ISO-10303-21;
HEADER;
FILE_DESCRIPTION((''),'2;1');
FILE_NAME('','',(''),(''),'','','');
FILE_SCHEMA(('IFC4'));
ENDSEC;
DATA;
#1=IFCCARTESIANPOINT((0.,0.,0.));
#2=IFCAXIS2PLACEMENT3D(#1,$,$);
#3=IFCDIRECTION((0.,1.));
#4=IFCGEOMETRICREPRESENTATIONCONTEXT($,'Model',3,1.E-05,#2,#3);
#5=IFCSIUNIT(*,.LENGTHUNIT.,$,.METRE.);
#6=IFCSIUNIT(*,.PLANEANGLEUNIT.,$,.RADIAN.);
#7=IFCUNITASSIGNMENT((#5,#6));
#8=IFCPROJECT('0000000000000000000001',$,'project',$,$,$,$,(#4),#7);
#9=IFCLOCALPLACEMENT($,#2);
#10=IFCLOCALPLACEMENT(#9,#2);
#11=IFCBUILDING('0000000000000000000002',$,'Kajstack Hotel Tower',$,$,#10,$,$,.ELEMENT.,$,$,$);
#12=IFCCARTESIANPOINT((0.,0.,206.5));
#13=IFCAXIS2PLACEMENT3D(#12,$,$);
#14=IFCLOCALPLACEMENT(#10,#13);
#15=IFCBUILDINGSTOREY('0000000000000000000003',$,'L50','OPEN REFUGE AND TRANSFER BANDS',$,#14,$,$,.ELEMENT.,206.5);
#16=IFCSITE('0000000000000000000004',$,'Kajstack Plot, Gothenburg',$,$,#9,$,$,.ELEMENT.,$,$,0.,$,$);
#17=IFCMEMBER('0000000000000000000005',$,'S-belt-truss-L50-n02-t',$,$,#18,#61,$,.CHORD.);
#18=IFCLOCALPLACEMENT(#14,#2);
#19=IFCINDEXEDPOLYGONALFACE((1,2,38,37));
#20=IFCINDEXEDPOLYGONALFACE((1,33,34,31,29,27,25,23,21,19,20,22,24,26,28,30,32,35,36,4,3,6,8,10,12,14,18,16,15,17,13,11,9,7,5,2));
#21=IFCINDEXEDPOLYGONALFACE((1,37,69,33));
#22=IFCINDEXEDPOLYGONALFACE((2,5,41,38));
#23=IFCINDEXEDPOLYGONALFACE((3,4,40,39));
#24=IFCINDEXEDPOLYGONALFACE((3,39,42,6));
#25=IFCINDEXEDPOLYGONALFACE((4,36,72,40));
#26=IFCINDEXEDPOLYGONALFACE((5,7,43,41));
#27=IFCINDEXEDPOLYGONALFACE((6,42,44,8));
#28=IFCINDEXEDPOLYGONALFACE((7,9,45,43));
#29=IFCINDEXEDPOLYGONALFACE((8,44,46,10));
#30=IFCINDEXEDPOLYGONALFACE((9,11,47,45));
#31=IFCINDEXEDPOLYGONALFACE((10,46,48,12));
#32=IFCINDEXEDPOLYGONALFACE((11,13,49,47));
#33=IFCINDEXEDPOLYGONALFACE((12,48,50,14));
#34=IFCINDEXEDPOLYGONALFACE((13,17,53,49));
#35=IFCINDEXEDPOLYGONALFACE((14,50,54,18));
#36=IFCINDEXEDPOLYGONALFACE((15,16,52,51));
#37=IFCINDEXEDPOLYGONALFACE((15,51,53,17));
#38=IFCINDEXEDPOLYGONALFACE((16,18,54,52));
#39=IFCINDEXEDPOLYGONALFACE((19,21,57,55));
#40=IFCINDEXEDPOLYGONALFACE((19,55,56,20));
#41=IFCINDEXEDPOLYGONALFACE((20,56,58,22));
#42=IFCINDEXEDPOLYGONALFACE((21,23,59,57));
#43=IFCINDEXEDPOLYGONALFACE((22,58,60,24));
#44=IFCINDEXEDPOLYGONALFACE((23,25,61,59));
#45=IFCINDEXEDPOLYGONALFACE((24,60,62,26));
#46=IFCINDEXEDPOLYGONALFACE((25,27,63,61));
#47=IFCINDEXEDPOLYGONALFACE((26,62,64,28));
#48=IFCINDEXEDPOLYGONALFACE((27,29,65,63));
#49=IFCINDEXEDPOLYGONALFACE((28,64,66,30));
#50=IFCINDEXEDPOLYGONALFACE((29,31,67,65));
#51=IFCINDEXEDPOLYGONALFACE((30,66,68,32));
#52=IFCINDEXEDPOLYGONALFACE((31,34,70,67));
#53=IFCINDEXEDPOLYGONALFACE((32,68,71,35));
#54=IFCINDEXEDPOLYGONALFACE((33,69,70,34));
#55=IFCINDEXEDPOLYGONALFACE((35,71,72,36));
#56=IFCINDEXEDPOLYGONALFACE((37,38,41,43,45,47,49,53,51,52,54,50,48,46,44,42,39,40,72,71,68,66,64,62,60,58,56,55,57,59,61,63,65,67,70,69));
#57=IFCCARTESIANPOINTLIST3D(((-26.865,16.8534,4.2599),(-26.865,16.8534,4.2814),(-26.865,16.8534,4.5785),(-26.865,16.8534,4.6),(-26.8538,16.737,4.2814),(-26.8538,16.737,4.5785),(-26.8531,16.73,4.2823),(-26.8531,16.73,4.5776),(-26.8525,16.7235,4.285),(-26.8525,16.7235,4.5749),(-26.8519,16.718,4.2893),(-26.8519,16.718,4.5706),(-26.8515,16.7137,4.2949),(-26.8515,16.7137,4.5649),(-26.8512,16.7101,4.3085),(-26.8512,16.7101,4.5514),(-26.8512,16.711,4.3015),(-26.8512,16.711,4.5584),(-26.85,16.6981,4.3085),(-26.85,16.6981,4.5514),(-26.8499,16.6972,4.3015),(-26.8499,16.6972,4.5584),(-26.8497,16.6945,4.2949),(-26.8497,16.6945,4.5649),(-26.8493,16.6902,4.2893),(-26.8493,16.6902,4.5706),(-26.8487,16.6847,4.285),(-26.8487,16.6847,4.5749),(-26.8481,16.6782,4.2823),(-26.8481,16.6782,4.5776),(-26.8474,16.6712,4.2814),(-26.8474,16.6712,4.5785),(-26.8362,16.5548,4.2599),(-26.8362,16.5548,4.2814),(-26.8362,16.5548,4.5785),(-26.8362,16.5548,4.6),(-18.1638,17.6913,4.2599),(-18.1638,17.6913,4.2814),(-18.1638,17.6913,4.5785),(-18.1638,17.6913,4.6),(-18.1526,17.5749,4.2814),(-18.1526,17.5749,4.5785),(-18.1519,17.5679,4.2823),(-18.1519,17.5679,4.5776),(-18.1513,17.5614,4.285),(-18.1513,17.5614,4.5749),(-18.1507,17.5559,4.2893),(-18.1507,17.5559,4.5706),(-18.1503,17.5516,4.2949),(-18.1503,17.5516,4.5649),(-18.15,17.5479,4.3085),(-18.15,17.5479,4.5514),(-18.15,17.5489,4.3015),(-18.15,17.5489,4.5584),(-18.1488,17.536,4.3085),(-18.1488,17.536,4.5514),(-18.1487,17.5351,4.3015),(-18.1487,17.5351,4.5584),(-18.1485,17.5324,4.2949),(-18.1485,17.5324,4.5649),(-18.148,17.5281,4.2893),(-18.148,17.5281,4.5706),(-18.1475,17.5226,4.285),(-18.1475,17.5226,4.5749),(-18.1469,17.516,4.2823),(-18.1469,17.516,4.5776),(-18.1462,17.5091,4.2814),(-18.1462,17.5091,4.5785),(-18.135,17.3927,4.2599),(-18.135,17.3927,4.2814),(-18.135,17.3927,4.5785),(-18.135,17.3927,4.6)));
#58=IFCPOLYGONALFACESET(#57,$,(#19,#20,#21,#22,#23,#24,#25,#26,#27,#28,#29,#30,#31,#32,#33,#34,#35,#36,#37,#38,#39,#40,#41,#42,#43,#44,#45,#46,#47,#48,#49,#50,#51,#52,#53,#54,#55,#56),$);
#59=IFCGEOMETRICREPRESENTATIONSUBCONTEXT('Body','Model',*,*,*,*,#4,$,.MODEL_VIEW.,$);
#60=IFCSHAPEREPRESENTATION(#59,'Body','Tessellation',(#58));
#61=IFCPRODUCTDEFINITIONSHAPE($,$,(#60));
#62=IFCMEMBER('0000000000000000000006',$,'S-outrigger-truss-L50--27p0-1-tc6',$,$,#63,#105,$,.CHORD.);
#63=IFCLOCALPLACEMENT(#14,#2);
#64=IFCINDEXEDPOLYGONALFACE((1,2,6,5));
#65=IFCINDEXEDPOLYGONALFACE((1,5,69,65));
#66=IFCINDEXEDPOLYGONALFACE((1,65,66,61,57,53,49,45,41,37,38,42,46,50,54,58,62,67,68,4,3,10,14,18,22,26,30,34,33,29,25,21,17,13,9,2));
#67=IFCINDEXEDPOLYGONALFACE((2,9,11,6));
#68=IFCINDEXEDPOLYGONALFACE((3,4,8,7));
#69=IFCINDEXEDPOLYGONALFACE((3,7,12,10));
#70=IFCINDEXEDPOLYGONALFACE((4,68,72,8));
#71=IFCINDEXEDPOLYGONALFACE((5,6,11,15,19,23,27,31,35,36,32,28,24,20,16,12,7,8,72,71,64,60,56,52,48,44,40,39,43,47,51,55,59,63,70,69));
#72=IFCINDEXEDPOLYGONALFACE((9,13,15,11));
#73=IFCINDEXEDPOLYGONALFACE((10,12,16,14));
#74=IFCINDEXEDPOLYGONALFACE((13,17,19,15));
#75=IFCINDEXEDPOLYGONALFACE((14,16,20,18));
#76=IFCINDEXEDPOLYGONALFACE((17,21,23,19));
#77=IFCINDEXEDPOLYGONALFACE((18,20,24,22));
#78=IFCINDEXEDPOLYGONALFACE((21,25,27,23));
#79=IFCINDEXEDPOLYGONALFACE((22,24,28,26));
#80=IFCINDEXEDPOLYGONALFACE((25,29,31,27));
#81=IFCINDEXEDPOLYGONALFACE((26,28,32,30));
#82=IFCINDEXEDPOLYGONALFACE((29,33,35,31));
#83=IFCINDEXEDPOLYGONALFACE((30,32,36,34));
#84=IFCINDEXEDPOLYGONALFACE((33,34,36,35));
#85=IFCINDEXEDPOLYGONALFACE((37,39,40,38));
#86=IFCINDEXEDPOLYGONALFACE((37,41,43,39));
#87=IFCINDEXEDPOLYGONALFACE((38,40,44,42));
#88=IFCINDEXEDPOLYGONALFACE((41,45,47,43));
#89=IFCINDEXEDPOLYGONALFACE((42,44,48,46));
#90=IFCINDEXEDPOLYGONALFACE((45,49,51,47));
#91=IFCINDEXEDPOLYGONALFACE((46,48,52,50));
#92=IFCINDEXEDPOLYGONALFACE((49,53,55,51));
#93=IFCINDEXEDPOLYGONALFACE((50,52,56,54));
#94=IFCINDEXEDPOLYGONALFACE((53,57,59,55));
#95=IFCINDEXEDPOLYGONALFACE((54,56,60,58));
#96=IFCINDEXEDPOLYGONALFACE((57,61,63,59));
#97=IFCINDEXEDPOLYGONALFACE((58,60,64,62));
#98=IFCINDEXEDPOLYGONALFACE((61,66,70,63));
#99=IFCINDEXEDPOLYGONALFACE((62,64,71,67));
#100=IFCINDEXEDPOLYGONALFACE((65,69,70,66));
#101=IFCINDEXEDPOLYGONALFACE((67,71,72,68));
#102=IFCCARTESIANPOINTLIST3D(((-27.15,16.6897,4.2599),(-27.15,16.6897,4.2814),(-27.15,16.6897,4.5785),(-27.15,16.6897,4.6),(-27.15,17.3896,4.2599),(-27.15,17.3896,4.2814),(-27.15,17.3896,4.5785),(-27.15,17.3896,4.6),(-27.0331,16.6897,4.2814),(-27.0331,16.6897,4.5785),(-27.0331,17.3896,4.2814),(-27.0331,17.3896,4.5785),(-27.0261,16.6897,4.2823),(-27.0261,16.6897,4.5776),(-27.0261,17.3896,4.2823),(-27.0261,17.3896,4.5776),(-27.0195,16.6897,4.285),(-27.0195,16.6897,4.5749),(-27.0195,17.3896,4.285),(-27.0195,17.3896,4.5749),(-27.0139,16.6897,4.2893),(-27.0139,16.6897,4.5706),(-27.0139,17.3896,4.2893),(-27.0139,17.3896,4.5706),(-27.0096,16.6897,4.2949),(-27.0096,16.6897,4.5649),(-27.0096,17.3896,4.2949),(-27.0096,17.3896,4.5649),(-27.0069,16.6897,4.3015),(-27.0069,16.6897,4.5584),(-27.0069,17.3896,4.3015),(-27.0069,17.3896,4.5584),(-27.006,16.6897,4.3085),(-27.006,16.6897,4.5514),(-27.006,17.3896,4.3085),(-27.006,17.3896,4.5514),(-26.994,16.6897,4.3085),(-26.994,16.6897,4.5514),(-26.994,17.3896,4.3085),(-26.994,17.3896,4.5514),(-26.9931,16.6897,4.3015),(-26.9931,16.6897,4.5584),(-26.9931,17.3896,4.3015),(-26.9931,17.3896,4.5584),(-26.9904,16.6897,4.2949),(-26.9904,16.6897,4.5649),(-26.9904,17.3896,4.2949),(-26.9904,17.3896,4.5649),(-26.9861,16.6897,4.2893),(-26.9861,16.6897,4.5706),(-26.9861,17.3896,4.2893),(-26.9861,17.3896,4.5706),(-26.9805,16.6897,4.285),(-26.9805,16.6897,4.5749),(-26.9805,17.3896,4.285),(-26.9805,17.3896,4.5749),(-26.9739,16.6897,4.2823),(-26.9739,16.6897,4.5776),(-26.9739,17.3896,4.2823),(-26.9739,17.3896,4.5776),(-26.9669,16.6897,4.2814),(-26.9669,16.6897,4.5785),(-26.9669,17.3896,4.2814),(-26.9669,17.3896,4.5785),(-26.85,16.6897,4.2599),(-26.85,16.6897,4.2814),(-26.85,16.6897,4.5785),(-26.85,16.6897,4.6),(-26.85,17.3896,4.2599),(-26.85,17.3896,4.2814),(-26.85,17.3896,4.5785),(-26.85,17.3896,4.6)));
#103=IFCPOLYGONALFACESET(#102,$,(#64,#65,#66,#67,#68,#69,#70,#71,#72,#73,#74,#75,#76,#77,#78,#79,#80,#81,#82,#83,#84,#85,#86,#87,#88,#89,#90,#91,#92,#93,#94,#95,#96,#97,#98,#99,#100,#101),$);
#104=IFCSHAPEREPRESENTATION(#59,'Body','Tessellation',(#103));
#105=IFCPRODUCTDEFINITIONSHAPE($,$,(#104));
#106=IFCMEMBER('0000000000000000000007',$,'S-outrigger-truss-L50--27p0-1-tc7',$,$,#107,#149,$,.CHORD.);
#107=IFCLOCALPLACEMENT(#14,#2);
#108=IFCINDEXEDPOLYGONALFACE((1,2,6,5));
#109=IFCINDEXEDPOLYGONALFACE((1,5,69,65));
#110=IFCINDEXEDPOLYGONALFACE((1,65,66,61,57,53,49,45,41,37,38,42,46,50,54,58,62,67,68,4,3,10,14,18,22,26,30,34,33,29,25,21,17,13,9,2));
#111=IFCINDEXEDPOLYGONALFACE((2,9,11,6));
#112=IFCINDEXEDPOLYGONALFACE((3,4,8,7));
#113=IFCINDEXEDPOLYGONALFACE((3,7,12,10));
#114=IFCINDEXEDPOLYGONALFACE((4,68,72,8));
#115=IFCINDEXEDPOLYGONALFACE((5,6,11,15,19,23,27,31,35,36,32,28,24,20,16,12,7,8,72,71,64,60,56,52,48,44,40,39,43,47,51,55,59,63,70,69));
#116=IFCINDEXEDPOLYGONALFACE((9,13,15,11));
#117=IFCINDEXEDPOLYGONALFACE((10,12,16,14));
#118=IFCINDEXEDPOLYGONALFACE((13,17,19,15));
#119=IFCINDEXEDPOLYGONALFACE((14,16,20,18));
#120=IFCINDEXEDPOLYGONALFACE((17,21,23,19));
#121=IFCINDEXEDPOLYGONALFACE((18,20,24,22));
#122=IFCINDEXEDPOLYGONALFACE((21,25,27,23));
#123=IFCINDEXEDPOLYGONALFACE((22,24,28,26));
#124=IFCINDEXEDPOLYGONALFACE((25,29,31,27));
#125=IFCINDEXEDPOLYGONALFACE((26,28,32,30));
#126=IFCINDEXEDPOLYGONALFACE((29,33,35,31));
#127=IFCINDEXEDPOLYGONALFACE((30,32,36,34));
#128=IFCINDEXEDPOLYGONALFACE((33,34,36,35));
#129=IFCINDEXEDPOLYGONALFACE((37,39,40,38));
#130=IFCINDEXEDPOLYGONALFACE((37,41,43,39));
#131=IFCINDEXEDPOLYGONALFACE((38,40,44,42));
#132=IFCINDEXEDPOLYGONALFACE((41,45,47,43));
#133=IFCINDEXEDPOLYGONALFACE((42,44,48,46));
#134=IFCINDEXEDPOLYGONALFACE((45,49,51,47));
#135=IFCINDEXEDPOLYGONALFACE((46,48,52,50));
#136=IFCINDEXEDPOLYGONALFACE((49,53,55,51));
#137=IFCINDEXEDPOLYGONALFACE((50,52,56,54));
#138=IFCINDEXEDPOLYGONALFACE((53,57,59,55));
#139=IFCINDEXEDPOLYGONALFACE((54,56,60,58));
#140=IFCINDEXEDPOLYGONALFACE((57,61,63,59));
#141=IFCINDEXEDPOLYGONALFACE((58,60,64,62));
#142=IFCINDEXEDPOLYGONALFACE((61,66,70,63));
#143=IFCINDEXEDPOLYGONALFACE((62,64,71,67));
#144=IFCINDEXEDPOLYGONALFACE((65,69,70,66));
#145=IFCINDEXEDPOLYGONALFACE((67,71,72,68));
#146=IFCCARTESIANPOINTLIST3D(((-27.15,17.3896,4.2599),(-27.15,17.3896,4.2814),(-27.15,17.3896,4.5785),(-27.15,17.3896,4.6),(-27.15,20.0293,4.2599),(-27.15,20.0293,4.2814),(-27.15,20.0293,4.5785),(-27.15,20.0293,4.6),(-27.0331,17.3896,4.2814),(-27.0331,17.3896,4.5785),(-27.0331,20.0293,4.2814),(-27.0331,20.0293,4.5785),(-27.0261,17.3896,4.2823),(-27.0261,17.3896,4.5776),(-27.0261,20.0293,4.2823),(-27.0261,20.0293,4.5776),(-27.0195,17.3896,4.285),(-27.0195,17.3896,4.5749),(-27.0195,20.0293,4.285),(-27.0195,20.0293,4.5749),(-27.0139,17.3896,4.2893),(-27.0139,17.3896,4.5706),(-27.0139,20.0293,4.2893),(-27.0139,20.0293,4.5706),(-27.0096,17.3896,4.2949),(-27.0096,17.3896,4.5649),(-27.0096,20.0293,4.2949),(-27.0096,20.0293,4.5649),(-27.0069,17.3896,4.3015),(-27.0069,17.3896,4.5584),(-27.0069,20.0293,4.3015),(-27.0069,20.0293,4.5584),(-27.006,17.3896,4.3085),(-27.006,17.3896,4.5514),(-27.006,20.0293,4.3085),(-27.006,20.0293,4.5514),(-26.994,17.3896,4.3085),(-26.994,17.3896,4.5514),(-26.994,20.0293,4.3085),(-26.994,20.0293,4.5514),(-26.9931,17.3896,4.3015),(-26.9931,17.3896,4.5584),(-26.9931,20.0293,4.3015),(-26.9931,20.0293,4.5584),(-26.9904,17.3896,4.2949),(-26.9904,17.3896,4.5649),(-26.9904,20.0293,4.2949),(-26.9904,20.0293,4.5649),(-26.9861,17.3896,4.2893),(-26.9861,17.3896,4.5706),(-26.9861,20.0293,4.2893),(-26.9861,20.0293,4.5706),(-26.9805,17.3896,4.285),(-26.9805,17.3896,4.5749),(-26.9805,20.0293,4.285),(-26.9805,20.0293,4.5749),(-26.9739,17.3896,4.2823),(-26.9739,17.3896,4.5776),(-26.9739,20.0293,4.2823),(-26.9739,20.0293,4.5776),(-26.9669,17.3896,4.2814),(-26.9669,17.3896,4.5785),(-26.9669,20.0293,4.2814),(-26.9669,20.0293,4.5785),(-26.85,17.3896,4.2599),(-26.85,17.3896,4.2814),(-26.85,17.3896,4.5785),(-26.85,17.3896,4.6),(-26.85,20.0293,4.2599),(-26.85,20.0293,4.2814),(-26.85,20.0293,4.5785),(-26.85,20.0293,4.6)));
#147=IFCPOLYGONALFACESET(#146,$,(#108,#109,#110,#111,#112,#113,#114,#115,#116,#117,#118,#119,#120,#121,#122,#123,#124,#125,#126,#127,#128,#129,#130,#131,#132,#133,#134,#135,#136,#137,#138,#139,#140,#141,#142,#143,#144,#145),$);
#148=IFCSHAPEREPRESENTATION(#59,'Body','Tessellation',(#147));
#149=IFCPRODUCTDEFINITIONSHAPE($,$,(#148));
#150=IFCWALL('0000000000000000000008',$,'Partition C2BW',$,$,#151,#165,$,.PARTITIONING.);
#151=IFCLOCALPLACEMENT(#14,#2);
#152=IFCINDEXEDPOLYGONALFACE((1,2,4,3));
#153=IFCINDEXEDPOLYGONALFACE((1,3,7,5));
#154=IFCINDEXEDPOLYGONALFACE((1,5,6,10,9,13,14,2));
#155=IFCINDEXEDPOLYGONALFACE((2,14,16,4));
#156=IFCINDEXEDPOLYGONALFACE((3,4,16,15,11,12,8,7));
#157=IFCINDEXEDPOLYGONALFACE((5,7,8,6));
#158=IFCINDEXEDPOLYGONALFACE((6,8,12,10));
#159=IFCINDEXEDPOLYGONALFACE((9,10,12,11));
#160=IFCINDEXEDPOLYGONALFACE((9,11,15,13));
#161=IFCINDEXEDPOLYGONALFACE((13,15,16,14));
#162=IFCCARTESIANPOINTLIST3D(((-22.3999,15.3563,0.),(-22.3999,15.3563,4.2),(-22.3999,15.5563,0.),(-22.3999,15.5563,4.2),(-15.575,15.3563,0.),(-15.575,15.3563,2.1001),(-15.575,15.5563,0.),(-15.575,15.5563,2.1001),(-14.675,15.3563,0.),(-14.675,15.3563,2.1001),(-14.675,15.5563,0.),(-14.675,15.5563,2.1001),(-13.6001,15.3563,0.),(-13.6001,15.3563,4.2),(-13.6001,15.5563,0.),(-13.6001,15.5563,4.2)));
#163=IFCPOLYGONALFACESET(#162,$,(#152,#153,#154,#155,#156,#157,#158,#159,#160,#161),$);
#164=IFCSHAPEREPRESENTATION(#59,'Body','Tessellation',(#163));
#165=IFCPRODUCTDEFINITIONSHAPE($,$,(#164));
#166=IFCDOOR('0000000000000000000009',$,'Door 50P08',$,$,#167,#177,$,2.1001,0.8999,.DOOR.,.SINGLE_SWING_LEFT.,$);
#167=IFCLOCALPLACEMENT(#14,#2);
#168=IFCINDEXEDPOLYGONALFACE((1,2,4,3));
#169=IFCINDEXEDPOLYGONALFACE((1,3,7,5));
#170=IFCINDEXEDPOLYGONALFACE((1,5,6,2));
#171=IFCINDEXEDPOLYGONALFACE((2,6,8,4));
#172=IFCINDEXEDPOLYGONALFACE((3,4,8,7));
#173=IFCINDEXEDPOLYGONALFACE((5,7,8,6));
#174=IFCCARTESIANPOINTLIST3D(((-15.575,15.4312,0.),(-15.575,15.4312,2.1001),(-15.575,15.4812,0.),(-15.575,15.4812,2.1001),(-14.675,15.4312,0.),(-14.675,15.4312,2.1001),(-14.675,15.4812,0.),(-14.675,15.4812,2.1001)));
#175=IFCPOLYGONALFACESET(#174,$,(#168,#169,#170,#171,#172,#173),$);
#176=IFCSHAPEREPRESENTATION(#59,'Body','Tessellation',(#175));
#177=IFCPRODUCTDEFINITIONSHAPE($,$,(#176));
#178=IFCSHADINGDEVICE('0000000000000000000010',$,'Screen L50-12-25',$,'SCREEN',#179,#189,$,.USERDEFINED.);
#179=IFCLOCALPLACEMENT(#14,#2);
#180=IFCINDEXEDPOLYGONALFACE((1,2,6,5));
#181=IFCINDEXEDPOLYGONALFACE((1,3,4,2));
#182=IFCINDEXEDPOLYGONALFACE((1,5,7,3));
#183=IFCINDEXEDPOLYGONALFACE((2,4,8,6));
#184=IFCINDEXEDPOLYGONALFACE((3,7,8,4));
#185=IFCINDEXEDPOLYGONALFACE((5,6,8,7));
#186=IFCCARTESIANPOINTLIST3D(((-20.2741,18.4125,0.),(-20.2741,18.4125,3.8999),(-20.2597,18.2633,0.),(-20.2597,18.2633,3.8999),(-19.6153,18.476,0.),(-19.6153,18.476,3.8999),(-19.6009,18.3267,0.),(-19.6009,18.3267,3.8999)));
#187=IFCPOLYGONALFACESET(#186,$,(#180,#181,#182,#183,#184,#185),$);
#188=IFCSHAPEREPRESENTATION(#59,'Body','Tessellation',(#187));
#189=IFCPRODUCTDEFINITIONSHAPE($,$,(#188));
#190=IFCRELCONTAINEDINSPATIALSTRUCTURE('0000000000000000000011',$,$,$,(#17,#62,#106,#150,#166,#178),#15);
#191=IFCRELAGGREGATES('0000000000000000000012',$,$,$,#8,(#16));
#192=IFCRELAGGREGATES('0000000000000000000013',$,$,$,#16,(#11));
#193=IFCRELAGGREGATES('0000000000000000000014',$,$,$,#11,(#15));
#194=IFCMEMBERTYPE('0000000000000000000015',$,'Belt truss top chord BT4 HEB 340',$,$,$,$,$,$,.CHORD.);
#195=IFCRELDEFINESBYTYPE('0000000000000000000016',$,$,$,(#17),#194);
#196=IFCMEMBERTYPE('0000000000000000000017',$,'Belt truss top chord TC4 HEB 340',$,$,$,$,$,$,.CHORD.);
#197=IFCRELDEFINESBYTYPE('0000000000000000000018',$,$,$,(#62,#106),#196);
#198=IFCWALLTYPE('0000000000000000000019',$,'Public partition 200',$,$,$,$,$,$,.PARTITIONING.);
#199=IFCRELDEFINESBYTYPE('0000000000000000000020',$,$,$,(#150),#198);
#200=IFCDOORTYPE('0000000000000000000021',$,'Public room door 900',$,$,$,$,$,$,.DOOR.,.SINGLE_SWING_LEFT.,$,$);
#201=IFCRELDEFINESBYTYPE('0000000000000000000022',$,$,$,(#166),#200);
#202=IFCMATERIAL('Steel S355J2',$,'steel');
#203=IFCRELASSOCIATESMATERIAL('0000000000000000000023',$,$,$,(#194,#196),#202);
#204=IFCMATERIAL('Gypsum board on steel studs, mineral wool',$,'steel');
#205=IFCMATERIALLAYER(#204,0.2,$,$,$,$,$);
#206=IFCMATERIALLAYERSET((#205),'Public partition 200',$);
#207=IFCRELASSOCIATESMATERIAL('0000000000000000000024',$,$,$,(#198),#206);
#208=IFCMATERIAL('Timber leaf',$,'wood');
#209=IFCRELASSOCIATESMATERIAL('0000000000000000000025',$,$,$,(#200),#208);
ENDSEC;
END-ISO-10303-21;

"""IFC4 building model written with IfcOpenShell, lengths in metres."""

from ifc_helpers import new_model, si_unit, direction, frame, frame_2d, origin, origin_2d, place, context, subcontext, project, spatial, rectangle, i_section, extrude, material, layer, layer_set, material_profile, profile_set, type_object, element, fill, save


model = new_model("IFC4")

# Units and contexts
model_context = context("Model", 3, precision=1e-05, world=origin(), true_north=direction((0.0, 1.0)))
body_context = subcontext(model_context, "Body", "Model", "MODEL_VIEW")
ifc_project = project(units=[si_unit("LENGTHUNIT", "METRE"), si_unit("PLANEANGLEUNIT", "RADIAN")], contexts=[model_context])

# Site, building, storey
site_placement = place(None, origin())
site = spatial("IfcSite", under=ifc_project, at=site_placement, Name="Kajstack Plot, Gothenburg", CompositionType="ELEMENT", RefElevation=0.0)
building_placement = place(site_placement, origin())
building = spatial("IfcBuilding", under=site, at=building_placement, Name="Kajstack Hotel Tower", CompositionType="ELEMENT")
storey_placement = place(building_placement, frame((0.0, 0.0, 206.5)))
storey = spatial("IfcBuildingStorey", under=building, at=storey_placement, Name="L50", Description="OPEN REFUGE AND TRANSFER BANDS", CompositionType="ELEMENT", Elevation=206.5)

# Members
ifc_material_1 = material(Name="Steel S355J2", Category="steel")
ifc_material_profile_1 = material_profile(ifc_material_1, i_section(OverallWidth=0.3, OverallDepth=0.3401, WebThickness=0.012, FlangeThickness=0.0215, FilletRadius=0.0271, at=origin_2d()), Name="HEB 340")
ifc_profile_set_1 = profile_set([ifc_material_profile_1], Name="Steel S355J2")
member_type_1 = type_object("IfcMemberType", Name="Belt truss top chord BT4 HEB 340", PredefinedType="CHORD", material=ifc_profile_set_1)
member_1_placement = place(storey_placement, frame((-26.8506, 16.7041, 4.4299), z_axis=(0.995396, 0.095853, 0.0), x_axis=(-0.095853, 0.995396, 0.0)))
element("IfcMember", 1, at=member_1_placement, inside=storey, type_object=member_type_1, Name="S-belt-truss-L50-n02-t", PredefinedType="CHORD", context=body_context, shape_type="SweptSolid", body=[
    extrude(i_section(OverallWidth=0.3, OverallDepth=0.3401, WebThickness=0.012, FlangeThickness=0.0215, FilletRadius=0.0271, at=origin_2d()), origin(), (0.0, 0.0, 1.0), 8.7415),
])
ifc_material_profile_2 = material_profile(ifc_material_1, i_section(OverallWidth=0.3, OverallDepth=0.3401, WebThickness=0.012, FlangeThickness=0.0215, FilletRadius=0.0271, at=origin_2d()), Name="HEB 340")
ifc_profile_set_2 = profile_set([ifc_material_profile_2], Name="Steel S355J2")
member_type_2 = type_object("IfcMemberType", Name="Belt truss top chord TC4 HEB 340", PredefinedType="CHORD", material=ifc_profile_set_2)
member_2_placement = place(storey_placement, frame((-27.0, 16.6897, 4.4299), z_axis=(0.0, 1.0, 0.0), x_axis=(-1.0, 0.0, 0.0)))
element("IfcMember", 2, at=member_2_placement, inside=storey, type_object=member_type_2, Name="S-outrigger-truss-L50--27p0-1-tc6", PredefinedType="CHORD", context=body_context, shape_type="SweptSolid", body=[
    extrude(i_section(OverallWidth=0.3, OverallDepth=0.3401, WebThickness=0.012, FlangeThickness=0.0215, FilletRadius=0.0271, at=origin_2d()), origin(), (0.0, 0.0, 1.0), 0.7),
])
member_3_placement = place(storey_placement, frame((-27.0, 17.3896, 4.4299), z_axis=(0.0, 1.0, 0.0), x_axis=(-1.0, 0.0, 0.0)))
element("IfcMember", 3, at=member_3_placement, inside=storey, type_object=member_type_2, Name="S-outrigger-truss-L50--27p0-1-tc7", PredefinedType="CHORD", context=body_context, shape_type="SweptSolid", body=[
    extrude(i_section(OverallWidth=0.3, OverallDepth=0.3401, WebThickness=0.012, FlangeThickness=0.0215, FilletRadius=0.0271, at=origin_2d()), origin(), (0.0, 0.0, 1.0), 2.6396),
])

# Wall, opening, door
ifc_material_2 = material(Name="Gypsum board on steel studs, mineral wool", Category="steel")
ifc_layer_1 = layer(ifc_material_2, 0.2)
ifc_layer_set_1 = layer_set([ifc_layer_1], Name="Public partition 200")
wall_type = type_object("IfcWallType", Name="Public partition 200", PredefinedType="PARTITIONING", material=ifc_layer_set_1)
wall_placement = place(storey_placement, frame((-22.3999, 15.4563, 0.0), z_axis=(0.0, 0.0, 1.0), x_axis=(1.0, 0.0, 0.0)))
wall = element("IfcWall", 4, at=wall_placement, inside=storey, type_object=wall_type, Name="Partition C2BW", PredefinedType="PARTITIONING", context=body_context, shape_type="SweptSolid", body=[
    extrude(rectangle(XDim=8.7998, YDim=0.2, at=frame_2d((4.3999, 0.0))), origin(), (0.0, 0.0, 1.0), 4.2),
])
opening_placement = place(wall_placement, frame((6.825, 0.0, 0.0)))
opening = element("IfcOpeningElement", 5, at=opening_placement, cuts=wall, PredefinedType="OPENING", context=body_context, shape_type="SweptSolid", body=[
    extrude(rectangle(XDim=0.8999, YDim=2.1001, at=frame_2d((0.45, 1.05))), frame((0.0, 0.1099, 0.0), z_axis=(0.0, -1.0, 0.0), x_axis=(1.0, 0.0, 0.0)), (0.0, 0.0, 1.0), 0.22),
])
ifc_material_3 = material(Name="Timber leaf", Category="wood")
door_type = type_object("IfcDoorType", Name="Public room door 900", OperationType="SINGLE_SWING_LEFT", PredefinedType="DOOR", material=ifc_material_3)
door_placement = place(opening_placement, origin())
door = element("IfcDoor", 6, at=door_placement, inside=storey, type_object=door_type, Name="Door 50P08", OperationType="SINGLE_SWING_LEFT", OverallHeight=2.1001, OverallWidth=0.8999, PredefinedType="DOOR", context=body_context, shape_type="SweptSolid", body=[
    extrude(rectangle(XDim=0.8999, YDim=2.1001, at=frame_2d((0.45, 1.05))), frame((0.0, 0.0249, 0.0), z_axis=(0.0, -1.0, 0.0), x_axis=(1.0, 0.0, 0.0)), (0.0, 0.0, 1.0), 0.05),
])
fill(opening, door)

# Shading device
for number, where, z_axis, x_axis, name in (
    (7, (-19.9375, 18.3696, 0.0), (0.0, 0.0, 1.0), (-0.995396, -0.095845, 0.0), "Screen L50-12-25"),
):
    element("IfcShadingDevice", number, at=place(storey_placement, frame(where, z_axis=z_axis, x_axis=x_axis)), inside=storey, Name=name, ObjectType="SCREEN", PredefinedType="USERDEFINED", context=body_context, shape_type="SweptSolid", body=[
        extrude(rectangle(XDim=0.6619, YDim=0.1499, at=origin_2d()), origin(), (0.0, 0.0, 1.0), 3.8999),
    ])

save(model, "model.ifc")
